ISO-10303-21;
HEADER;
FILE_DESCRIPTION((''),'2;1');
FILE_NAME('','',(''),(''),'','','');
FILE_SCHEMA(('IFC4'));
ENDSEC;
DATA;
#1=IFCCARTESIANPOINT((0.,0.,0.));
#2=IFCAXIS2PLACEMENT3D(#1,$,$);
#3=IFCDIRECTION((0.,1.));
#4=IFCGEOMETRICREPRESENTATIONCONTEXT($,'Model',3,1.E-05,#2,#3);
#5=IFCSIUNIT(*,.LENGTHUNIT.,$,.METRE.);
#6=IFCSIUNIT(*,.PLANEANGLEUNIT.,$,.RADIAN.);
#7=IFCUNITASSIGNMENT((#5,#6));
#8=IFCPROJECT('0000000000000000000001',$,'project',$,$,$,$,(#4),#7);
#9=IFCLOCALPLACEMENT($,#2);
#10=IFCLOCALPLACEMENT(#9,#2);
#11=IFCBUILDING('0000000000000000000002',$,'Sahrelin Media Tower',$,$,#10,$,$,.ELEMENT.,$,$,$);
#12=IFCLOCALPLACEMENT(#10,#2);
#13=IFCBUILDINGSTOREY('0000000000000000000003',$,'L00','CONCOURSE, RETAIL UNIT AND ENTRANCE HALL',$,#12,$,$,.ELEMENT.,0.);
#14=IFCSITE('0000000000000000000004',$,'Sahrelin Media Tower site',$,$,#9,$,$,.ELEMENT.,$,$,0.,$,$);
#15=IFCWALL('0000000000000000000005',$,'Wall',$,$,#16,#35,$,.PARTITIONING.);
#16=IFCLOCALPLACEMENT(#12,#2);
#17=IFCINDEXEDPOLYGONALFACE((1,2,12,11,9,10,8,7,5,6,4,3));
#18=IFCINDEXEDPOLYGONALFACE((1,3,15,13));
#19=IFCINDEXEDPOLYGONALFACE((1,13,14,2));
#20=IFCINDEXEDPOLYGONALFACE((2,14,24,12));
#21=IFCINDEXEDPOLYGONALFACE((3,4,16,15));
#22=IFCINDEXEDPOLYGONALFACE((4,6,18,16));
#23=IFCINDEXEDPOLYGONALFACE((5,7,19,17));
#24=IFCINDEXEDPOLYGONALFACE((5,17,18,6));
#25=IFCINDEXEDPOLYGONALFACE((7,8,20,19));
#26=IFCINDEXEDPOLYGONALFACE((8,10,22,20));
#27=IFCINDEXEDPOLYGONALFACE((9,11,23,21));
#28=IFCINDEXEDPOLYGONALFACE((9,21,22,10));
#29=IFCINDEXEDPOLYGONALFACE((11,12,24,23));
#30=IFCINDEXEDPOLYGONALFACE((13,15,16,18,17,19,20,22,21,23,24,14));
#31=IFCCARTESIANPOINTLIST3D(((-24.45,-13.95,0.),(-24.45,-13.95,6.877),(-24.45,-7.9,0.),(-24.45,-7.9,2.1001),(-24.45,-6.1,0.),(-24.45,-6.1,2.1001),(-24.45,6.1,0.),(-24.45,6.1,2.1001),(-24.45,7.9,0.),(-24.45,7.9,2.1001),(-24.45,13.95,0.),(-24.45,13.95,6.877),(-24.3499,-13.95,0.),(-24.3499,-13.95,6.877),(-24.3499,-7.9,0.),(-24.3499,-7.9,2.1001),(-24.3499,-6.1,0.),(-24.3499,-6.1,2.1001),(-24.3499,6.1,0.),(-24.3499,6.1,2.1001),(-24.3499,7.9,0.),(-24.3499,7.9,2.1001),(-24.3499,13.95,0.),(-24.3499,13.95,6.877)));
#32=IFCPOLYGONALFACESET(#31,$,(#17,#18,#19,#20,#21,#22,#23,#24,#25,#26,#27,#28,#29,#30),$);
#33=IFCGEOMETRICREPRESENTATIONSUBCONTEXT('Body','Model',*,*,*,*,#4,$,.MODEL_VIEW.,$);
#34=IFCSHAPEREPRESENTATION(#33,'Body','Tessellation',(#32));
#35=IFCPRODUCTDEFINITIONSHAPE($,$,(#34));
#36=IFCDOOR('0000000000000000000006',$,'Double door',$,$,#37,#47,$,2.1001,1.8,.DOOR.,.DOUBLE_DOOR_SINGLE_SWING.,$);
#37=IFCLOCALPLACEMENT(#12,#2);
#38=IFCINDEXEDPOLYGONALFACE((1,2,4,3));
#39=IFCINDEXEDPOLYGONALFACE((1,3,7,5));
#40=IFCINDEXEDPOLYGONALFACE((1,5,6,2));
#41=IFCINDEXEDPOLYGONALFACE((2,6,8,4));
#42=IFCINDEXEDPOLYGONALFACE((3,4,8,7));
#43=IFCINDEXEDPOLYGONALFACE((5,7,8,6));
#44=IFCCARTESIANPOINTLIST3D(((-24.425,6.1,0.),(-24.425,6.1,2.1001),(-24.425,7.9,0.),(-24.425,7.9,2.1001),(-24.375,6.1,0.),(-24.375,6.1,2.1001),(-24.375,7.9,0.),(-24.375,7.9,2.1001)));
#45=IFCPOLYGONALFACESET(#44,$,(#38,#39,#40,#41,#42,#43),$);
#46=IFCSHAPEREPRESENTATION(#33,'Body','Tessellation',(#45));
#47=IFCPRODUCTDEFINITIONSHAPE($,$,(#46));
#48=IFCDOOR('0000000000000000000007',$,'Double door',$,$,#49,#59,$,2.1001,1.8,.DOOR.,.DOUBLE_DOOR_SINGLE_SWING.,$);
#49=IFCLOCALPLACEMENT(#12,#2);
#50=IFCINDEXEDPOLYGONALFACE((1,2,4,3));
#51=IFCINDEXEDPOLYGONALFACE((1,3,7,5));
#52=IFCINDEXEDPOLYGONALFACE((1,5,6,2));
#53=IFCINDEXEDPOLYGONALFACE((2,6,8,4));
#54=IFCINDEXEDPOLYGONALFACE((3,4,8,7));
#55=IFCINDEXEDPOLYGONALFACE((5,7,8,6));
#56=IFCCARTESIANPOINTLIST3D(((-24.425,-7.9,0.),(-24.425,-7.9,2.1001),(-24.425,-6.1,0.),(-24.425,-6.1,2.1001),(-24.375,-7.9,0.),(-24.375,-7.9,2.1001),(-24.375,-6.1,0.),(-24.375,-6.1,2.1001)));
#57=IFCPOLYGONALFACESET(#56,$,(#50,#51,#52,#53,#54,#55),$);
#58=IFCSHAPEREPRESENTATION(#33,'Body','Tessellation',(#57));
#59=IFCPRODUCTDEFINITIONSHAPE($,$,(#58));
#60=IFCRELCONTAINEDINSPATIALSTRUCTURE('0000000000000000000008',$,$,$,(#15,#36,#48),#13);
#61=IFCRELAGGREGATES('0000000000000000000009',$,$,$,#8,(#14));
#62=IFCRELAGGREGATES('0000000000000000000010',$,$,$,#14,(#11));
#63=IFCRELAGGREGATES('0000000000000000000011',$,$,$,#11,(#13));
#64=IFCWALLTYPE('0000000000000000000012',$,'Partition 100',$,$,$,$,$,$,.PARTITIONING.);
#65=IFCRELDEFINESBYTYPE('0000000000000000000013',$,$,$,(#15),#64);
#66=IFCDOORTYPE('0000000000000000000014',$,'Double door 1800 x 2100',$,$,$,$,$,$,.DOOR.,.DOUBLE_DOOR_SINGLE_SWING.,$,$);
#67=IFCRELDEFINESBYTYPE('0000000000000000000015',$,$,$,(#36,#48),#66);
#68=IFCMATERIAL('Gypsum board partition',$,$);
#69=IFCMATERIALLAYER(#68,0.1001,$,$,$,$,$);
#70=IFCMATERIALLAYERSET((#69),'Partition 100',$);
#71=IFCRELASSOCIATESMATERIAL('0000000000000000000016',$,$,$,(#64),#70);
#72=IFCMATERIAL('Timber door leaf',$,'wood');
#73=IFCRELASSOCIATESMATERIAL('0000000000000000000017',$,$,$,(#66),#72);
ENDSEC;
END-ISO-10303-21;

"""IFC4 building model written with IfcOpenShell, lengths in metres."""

from ifc_helpers import new_model, si_unit, direction, frame, frame_2d, origin, place, context, subcontext, project, spatial, rectangle, extrude, material, layer, layer_set, type_object, element, fill, save


model = new_model("IFC4")

# Units and contexts
model_context = context("Model", 3, precision=1e-05, world=origin(), true_north=direction((0.0, 1.0)))
body_context = subcontext(model_context, "Body", "Model", "MODEL_VIEW")
ifc_project = project(units=[si_unit("LENGTHUNIT", "METRE"), si_unit("PLANEANGLEUNIT", "RADIAN")], contexts=[model_context])

# Site, building, storey
site_placement = place(None, origin())
site = spatial("IfcSite", under=ifc_project, at=site_placement, Name="Sahrelin Media Tower site", CompositionType="ELEMENT", RefElevation=0.0)
building_placement = place(site_placement, origin())
building = spatial("IfcBuilding", under=site, at=building_placement, Name="Sahrelin Media Tower", CompositionType="ELEMENT")
storey_placement = place(building_placement, origin())
storey = spatial("IfcBuildingStorey", under=building, at=storey_placement, Name="L00", Description="CONCOURSE, RETAIL UNIT AND ENTRANCE HALL", CompositionType="ELEMENT", Elevation=0.0)

# Shared definitions
ifc_material_1 = material(Name="Gypsum board partition")
ifc_layer_1 = layer(ifc_material_1, 0.1001)
ifc_layer_set_1 = layer_set([ifc_layer_1], Name="Partition 100")
wall_type_1 = type_object("IfcWallType", Name="Partition 100", PredefinedType="PARTITIONING", material=ifc_layer_set_1)
ifc_material_2 = material(Name="Timber door leaf", Category="wood")

# Wall, openings, doors
wall_1_placement = place(storey_placement, frame((-24.3999, 13.95, 0.0), z_axis=(0.0, 0.0, 1.0), x_axis=(0.0, -1.0, 0.0)))
wall_1 = element("IfcWall", 1, at=wall_1_placement, inside=storey, type_object=wall_type_1, Name="Wall", PredefinedType="PARTITIONING", context=body_context, shape_type="SweptSolid", body=[
    extrude(rectangle(XDim=27.8999, YDim=0.1001, at=frame_2d((13.95, 0.0))), origin(), (0.0, 0.0, 1.0), 6.877),
])
opening_1_placement = place(wall_1_placement, frame((6.05, 0.0, 0.0)))
opening_1 = element("IfcOpeningElement", 2, at=opening_1_placement, cuts=wall_1, PredefinedType="OPENING", context=body_context, shape_type="SweptSolid", body=[
    extrude(rectangle(XDim=1.8, YDim=2.1001, at=frame_2d((0.8999, 1.05))), frame((0.0, 0.05, 0.0), z_axis=(0.0, -1.0, 0.0), x_axis=(1.0, 0.0, 0.0)), (0.0, 0.0, 1.0), 0.1001),
])
opening_2_placement = place(wall_1_placement, frame((20.05, 0.0, 0.0)))
opening_2 = element("IfcOpeningElement", 3, at=opening_2_placement, cuts=wall_1, PredefinedType="OPENING", context=body_context, shape_type="SweptSolid", body=[
    extrude(rectangle(XDim=1.8, YDim=2.1001, at=frame_2d((0.8999, 1.05))), frame((0.0, 0.05, 0.0), z_axis=(0.0, -1.0, 0.0), x_axis=(1.0, 0.0, 0.0)), (0.0, 0.0, 1.0), 0.1001),
])
door_type_1 = type_object("IfcDoorType", Name="Double door 1800 x 2100", OperationType="DOUBLE_DOOR_SINGLE_SWING", PredefinedType="DOOR", material=ifc_material_2)
door_1_placement = place(opening_1_placement, origin())
door_1 = element("IfcDoor", 4, at=door_1_placement, inside=storey, type_object=door_type_1, Name="Double door", OperationType="DOUBLE_DOOR_SINGLE_SWING", OverallHeight=2.1001, OverallWidth=1.8, PredefinedType="DOOR", context=body_context, shape_type="SweptSolid", body=[
    extrude(rectangle(XDim=1.8, YDim=2.1001, at=frame_2d((0.8999, 1.05))), frame((0.0, 0.0249, 0.0), z_axis=(0.0, -1.0, 0.0), x_axis=(1.0, 0.0, 0.0)), (0.0, 0.0, 1.0), 0.05),
])
fill(opening_1, door_1)
door_2_placement = place(opening_2_placement, origin())
door_2 = element("IfcDoor", 5, at=door_2_placement, inside=storey, type_object=door_type_1, Name="Double door", OperationType="DOUBLE_DOOR_SINGLE_SWING", OverallHeight=2.1001, OverallWidth=1.8, PredefinedType="DOOR", context=body_context, shape_type="SweptSolid", body=[
    extrude(rectangle(XDim=1.8, YDim=2.1001, at=frame_2d((0.8999, 1.05))), frame((0.0, 0.0249, 0.0), z_axis=(0.0, -1.0, 0.0), x_axis=(1.0, 0.0, 0.0)), (0.0, 0.0, 1.0), 0.05),
])
fill(opening_2, door_2)

save(model, "model.ifc")
